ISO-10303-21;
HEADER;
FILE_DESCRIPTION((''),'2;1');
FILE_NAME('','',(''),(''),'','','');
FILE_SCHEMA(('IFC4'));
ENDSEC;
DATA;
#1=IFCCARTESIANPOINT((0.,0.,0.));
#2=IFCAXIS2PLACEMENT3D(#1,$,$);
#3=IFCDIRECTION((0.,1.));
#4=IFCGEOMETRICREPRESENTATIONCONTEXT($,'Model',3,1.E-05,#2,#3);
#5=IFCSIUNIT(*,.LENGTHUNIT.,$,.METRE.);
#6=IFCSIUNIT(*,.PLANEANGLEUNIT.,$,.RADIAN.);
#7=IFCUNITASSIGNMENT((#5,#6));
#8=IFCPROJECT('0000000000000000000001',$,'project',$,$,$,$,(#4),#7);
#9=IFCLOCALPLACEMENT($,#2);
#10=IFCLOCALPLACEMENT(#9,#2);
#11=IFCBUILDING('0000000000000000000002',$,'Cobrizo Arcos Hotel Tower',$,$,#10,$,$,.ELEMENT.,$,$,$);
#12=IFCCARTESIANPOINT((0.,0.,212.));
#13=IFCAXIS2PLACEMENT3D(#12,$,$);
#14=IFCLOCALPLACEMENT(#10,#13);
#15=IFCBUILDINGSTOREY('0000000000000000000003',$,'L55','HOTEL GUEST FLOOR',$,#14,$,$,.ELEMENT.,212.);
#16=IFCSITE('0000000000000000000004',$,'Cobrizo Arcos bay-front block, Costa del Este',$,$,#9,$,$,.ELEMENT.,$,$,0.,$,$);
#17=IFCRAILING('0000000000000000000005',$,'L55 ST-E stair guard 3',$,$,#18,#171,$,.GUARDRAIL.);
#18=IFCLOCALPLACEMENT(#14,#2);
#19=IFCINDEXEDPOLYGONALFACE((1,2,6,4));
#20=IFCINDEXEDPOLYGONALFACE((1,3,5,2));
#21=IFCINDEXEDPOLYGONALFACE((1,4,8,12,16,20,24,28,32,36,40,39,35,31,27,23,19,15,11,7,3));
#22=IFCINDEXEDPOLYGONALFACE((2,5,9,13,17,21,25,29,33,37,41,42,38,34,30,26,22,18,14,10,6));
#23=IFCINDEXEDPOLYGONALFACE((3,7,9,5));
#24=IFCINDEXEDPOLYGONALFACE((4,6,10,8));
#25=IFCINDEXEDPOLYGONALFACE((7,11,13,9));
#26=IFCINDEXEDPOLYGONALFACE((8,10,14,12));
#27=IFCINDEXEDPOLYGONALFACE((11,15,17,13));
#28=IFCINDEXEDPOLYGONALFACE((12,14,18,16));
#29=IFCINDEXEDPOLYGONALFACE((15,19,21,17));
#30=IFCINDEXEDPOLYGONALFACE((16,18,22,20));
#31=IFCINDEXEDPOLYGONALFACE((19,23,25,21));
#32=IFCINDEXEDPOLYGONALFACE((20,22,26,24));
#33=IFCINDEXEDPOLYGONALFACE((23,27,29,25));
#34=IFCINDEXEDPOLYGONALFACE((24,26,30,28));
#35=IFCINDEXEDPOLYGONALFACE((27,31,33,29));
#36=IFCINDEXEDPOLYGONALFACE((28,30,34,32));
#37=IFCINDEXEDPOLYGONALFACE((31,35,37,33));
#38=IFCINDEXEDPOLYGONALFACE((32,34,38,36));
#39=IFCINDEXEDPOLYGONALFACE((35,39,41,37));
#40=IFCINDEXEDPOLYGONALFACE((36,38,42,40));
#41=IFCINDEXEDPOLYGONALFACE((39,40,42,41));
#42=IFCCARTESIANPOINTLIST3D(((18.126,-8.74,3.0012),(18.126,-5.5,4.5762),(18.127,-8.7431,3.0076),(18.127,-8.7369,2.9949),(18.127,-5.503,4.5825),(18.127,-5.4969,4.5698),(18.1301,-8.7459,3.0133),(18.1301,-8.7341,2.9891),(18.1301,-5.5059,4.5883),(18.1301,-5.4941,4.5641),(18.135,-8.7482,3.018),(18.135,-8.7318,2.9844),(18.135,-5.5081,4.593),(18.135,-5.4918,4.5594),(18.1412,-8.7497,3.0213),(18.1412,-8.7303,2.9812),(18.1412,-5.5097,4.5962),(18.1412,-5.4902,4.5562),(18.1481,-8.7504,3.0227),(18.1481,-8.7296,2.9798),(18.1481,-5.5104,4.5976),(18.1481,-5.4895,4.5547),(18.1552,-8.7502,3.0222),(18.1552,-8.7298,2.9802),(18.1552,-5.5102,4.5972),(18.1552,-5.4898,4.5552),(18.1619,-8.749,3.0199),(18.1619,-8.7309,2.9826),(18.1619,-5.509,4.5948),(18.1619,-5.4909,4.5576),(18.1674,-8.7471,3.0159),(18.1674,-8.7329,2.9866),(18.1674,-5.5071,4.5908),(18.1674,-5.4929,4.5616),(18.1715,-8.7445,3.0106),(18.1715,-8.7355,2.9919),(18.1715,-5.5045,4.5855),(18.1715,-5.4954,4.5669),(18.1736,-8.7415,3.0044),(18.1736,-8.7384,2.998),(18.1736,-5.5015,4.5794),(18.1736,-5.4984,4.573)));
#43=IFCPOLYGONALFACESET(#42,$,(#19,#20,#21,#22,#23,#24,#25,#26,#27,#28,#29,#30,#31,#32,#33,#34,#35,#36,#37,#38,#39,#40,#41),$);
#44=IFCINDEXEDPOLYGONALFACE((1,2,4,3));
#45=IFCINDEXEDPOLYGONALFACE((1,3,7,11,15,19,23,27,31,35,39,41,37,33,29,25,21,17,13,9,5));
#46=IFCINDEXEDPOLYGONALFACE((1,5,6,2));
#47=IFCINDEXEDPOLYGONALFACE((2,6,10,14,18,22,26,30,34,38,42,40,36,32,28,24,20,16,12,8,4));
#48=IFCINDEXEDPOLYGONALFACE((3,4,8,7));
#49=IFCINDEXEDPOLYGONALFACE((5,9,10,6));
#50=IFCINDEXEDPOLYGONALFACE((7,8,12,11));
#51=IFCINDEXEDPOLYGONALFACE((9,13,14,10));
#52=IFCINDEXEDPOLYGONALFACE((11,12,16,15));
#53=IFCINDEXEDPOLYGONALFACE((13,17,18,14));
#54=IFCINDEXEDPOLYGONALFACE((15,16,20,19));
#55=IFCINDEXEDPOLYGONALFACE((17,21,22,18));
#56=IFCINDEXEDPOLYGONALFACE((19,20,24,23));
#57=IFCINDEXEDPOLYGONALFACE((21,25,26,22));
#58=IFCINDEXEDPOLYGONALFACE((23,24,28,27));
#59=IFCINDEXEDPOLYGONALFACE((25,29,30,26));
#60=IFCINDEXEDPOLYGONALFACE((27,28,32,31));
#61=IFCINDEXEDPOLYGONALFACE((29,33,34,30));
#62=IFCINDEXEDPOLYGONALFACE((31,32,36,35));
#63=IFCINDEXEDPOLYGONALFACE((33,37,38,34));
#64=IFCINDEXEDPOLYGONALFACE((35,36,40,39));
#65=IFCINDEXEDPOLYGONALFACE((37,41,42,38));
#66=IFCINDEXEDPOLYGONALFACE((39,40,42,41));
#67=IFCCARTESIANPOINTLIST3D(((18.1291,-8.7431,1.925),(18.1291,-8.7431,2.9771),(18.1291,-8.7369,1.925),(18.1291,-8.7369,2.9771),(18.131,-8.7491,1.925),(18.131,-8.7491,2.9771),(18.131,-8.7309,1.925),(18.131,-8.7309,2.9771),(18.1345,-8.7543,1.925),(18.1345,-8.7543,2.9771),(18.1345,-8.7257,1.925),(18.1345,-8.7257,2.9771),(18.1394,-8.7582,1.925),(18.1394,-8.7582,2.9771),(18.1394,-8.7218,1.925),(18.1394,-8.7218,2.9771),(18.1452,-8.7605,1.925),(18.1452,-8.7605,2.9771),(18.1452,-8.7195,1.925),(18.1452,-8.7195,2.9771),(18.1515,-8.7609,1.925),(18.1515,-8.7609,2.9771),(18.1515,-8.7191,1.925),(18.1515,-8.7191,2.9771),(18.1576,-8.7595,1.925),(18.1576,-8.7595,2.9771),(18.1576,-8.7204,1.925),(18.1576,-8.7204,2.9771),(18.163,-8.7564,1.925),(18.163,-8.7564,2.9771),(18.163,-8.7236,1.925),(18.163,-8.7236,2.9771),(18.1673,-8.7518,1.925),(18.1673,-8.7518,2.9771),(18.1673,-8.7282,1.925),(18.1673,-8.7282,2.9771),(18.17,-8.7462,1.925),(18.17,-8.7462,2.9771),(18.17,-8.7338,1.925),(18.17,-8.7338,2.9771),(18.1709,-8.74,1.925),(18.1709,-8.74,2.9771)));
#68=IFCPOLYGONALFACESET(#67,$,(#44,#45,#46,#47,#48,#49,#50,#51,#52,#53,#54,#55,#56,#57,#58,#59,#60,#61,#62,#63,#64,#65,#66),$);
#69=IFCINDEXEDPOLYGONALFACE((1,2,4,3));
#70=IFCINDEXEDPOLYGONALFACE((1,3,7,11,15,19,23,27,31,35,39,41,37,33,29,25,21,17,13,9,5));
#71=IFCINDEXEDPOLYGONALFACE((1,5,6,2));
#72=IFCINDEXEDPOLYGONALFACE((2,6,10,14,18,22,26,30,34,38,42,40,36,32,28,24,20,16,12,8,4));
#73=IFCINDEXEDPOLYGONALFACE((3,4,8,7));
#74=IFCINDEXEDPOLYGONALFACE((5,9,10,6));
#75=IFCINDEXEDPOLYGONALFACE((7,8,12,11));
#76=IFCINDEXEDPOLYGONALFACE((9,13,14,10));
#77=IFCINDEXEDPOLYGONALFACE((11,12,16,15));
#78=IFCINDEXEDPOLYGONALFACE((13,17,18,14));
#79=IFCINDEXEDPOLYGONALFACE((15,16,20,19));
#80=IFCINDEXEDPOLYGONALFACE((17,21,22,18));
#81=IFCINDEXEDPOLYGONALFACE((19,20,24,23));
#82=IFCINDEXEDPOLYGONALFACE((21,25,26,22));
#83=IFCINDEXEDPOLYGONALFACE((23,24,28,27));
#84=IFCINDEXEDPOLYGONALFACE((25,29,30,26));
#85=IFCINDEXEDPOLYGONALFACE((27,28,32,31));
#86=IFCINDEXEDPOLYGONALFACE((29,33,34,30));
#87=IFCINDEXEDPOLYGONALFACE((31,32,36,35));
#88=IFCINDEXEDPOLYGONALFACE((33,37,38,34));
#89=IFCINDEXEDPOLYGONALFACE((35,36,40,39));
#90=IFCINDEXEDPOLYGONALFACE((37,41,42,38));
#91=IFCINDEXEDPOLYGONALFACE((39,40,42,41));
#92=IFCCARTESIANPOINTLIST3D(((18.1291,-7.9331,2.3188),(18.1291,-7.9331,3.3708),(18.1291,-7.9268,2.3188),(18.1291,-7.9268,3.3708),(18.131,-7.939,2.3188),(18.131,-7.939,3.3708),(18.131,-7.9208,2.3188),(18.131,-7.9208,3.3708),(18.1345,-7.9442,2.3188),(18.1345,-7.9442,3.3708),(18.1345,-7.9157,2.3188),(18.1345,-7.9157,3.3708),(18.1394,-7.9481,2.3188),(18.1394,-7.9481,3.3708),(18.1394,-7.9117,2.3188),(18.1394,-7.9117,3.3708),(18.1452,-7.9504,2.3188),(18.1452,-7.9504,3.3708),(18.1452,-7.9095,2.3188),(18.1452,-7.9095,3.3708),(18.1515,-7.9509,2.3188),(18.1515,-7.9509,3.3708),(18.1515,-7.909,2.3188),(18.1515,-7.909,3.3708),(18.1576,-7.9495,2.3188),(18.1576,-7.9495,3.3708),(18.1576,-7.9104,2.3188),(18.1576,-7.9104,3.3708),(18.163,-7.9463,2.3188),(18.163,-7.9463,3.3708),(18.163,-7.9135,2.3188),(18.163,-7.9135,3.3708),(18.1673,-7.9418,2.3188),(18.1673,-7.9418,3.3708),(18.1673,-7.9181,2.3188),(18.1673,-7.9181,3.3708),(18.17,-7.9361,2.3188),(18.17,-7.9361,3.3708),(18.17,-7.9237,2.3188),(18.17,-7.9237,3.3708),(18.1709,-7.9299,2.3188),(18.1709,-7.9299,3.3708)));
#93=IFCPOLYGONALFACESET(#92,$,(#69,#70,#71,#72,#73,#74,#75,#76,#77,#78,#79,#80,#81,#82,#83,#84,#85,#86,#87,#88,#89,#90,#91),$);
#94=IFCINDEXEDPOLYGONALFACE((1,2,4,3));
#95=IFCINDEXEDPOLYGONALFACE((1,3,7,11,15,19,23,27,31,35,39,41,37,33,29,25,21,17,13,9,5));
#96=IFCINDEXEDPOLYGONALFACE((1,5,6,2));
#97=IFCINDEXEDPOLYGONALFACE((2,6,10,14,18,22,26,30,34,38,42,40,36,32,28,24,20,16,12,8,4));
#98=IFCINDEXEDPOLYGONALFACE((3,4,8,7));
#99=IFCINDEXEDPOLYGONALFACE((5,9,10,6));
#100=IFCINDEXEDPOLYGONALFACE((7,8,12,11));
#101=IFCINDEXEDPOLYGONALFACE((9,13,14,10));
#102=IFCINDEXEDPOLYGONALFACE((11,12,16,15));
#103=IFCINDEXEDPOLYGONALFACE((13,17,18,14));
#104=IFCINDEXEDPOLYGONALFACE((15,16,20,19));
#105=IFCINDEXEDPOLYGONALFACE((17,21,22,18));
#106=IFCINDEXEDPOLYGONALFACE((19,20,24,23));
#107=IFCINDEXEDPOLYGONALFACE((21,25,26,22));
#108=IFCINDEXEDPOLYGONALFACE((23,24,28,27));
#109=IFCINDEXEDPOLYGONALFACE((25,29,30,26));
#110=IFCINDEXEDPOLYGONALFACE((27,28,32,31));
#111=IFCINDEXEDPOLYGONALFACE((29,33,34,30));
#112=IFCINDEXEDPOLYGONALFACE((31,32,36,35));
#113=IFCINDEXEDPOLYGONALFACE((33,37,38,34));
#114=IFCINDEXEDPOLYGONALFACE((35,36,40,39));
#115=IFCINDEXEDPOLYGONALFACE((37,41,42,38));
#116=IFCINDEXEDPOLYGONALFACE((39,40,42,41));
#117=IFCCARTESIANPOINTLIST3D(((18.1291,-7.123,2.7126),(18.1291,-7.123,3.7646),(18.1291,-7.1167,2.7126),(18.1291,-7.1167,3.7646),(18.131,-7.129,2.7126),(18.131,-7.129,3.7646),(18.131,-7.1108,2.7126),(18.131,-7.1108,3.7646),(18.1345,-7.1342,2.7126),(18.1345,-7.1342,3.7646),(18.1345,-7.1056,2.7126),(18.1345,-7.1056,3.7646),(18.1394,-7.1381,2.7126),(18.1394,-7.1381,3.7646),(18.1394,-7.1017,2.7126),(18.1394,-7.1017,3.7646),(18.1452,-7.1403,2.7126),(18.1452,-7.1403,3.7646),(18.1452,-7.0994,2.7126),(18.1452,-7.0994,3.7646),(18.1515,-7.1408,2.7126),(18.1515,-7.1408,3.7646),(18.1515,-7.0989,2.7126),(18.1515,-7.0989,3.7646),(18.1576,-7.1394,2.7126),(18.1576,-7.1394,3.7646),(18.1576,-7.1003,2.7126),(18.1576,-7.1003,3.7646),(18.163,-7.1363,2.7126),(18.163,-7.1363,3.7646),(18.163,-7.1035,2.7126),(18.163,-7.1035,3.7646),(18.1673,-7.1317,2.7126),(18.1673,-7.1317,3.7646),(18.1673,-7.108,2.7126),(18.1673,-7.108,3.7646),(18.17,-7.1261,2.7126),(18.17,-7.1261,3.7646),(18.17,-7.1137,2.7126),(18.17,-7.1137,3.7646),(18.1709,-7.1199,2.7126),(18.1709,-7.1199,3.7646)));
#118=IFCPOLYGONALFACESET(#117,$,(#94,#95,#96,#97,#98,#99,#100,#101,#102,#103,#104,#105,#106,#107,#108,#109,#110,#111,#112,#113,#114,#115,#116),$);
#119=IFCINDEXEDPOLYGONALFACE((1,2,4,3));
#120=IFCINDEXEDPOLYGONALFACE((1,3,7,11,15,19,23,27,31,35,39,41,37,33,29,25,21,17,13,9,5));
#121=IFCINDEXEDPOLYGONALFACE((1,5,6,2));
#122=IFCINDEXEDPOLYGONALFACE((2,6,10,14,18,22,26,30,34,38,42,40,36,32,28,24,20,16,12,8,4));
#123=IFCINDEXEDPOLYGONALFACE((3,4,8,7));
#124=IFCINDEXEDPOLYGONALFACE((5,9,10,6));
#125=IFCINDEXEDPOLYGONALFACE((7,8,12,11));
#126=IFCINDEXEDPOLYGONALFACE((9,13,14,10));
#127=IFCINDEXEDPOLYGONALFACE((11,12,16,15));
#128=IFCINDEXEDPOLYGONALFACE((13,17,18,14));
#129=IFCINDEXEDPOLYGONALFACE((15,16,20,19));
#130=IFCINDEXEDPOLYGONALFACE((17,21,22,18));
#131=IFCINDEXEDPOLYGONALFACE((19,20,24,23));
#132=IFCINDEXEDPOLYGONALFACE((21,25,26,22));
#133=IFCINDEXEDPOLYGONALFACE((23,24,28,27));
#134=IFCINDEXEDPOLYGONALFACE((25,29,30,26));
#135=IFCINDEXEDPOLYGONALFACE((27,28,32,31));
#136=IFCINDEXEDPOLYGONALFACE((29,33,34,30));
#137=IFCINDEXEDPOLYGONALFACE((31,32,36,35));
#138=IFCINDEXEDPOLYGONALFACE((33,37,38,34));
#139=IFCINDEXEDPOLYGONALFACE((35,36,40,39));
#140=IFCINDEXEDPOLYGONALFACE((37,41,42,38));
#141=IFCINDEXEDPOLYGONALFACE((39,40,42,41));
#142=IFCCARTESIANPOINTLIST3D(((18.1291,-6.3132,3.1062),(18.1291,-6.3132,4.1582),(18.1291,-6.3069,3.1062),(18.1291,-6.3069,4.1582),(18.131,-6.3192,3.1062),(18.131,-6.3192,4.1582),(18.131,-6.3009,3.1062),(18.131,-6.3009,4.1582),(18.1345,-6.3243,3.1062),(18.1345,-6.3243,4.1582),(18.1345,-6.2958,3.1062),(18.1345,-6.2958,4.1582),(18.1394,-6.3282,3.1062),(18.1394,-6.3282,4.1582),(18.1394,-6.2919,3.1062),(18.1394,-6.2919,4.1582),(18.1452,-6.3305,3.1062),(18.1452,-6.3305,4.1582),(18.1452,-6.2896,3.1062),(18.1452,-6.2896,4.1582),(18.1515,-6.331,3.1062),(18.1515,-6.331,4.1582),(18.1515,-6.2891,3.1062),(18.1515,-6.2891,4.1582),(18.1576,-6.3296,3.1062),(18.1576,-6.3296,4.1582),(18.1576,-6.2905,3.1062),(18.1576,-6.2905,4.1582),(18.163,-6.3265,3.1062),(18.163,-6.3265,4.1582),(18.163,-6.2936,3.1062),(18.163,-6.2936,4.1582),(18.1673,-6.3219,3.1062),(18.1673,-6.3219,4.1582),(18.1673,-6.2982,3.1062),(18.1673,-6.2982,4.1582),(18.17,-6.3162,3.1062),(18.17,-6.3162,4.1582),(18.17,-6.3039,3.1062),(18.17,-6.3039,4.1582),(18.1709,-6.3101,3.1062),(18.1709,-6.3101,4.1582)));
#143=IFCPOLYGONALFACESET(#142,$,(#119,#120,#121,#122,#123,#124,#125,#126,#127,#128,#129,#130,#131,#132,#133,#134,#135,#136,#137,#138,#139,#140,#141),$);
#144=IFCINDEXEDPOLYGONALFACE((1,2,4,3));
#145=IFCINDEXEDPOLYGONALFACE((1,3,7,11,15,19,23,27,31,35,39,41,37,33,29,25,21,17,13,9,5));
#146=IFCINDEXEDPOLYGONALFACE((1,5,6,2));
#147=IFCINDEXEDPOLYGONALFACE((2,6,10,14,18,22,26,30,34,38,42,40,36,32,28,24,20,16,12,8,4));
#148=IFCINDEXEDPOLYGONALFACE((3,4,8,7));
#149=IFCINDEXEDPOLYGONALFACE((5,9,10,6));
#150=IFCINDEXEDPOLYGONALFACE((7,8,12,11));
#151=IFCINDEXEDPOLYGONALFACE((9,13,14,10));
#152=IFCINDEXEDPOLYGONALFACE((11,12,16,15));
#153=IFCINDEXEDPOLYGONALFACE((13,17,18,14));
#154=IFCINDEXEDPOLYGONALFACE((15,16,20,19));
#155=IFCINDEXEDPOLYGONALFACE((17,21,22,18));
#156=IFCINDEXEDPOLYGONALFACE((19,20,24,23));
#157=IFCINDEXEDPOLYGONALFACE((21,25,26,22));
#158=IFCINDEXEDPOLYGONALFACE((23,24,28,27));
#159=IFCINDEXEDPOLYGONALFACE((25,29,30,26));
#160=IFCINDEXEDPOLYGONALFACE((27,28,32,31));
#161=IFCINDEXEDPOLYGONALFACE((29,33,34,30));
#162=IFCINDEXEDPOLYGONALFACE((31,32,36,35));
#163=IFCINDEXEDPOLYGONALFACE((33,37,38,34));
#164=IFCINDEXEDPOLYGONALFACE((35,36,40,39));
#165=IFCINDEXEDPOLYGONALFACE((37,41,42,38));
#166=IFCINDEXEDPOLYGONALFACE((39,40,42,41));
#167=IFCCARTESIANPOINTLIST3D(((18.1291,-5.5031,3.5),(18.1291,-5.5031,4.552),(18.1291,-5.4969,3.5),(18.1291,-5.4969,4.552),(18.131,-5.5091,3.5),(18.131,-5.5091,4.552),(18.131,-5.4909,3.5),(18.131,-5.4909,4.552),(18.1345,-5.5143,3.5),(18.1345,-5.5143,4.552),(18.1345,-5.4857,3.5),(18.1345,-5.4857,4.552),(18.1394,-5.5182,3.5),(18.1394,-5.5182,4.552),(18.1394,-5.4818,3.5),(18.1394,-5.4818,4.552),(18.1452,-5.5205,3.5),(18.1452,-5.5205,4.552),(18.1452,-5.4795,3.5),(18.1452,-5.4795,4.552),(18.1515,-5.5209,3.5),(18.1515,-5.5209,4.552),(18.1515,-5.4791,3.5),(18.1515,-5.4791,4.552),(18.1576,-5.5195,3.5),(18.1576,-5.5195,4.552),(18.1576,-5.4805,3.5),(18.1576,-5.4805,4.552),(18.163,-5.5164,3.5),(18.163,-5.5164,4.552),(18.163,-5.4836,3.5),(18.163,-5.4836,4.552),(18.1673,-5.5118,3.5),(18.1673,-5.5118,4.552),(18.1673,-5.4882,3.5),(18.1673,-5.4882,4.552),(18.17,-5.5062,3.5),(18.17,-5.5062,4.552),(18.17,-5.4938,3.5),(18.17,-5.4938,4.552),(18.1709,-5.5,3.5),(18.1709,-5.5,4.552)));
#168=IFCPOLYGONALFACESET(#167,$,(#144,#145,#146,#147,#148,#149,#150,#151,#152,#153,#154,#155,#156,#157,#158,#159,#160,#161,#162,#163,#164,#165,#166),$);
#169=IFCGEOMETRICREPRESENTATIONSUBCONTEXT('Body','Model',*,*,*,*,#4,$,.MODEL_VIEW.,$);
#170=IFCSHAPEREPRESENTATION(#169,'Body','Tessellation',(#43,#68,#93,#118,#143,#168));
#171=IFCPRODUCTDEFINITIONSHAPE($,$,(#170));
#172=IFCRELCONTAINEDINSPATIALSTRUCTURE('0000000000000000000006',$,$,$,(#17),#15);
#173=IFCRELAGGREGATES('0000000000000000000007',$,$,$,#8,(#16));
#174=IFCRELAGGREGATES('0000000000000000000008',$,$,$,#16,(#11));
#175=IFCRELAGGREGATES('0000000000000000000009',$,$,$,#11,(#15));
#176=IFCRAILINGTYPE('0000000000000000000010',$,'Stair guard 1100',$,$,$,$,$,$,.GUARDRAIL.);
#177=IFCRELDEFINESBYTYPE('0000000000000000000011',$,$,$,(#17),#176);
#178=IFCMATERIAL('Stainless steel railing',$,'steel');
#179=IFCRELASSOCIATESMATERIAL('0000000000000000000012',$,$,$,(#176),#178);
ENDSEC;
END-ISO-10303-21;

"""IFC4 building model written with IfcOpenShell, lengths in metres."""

from ifc_helpers import new_model, si_unit, direction, frame, origin, origin_2d, place, context, subcontext, project, spatial, circle, extrude, material, type_object, element, save


model = new_model("IFC4")

# Units and contexts
model_context = context("Model", 3, precision=1e-05, world=origin(), true_north=direction((0.0, 1.0)))
body_context = subcontext(model_context, "Body", "Model", "MODEL_VIEW")
ifc_project = project(units=[si_unit("LENGTHUNIT", "METRE"), si_unit("PLANEANGLEUNIT", "RADIAN")], contexts=[model_context])

# Site, building, storey
site_placement = place(None, origin())
site = spatial("IfcSite", under=ifc_project, at=site_placement, Name="Cobrizo Arcos bay-front block, Costa del Este", CompositionType="ELEMENT", RefElevation=0.0)
building_placement = place(site_placement, origin())
building = spatial("IfcBuilding", under=site, at=building_placement, Name="Cobrizo Arcos Hotel Tower", CompositionType="ELEMENT")
storey_placement = place(building_placement, frame((0.0, 0.0, 212.0)))
storey = spatial("IfcBuildingStorey", under=building, at=storey_placement, Name="L55", Description="HOTEL GUEST FLOOR", CompositionType="ELEMENT", Elevation=212.0)

# Railing
ifc_material_1 = material(Name="Stainless steel railing", Category="steel")
railing_type_1 = type_object("IfcRailingType", Name="Stair guard 1100", PredefinedType="GUARDRAIL", material=ifc_material_1)
railing_1_placement = place(storey_placement, frame((18.1499, -8.74, 1.925)))
element("IfcRailing", 1, at=railing_1_placement, inside=storey, type_object=railing_type_1, Name="L55 ST-E stair guard 3", PredefinedType="GUARDRAIL", context=body_context, shape_type="SweptSolid", body=[
    extrude(circle(Radius=0.0239, at=origin_2d()), frame((0.0, 0.0, 1.0762), z_axis=(0.0, 0.899373, 0.437183), x_axis=(-1.0, 0.0, 0.0)), (0.0, 0.0, 1.0), 3.6025),
    extrude(circle(Radius=0.021, at=origin_2d()), origin(), (0.0, 0.0, 1.0), 1.052),
    extrude(circle(Radius=0.021, at=origin_2d()), frame((0.0, 0.8101, 0.3938)), (0.0, 0.0, 1.0), 1.052),
    extrude(circle(Radius=0.021, at=origin_2d()), frame((0.0, 1.6201, 0.7876)), (0.0, 0.0, 1.0), 1.052),
    extrude(circle(Radius=0.021, at=origin_2d()), frame((0.0, 2.4299, 1.1812)), (0.0, 0.0, 1.0), 1.052),
    extrude(circle(Radius=0.021, at=origin_2d()), frame((0.0, 3.24, 1.575)), (0.0, 0.0, 1.0), 1.052),
])

save(model, "model.ifc")
